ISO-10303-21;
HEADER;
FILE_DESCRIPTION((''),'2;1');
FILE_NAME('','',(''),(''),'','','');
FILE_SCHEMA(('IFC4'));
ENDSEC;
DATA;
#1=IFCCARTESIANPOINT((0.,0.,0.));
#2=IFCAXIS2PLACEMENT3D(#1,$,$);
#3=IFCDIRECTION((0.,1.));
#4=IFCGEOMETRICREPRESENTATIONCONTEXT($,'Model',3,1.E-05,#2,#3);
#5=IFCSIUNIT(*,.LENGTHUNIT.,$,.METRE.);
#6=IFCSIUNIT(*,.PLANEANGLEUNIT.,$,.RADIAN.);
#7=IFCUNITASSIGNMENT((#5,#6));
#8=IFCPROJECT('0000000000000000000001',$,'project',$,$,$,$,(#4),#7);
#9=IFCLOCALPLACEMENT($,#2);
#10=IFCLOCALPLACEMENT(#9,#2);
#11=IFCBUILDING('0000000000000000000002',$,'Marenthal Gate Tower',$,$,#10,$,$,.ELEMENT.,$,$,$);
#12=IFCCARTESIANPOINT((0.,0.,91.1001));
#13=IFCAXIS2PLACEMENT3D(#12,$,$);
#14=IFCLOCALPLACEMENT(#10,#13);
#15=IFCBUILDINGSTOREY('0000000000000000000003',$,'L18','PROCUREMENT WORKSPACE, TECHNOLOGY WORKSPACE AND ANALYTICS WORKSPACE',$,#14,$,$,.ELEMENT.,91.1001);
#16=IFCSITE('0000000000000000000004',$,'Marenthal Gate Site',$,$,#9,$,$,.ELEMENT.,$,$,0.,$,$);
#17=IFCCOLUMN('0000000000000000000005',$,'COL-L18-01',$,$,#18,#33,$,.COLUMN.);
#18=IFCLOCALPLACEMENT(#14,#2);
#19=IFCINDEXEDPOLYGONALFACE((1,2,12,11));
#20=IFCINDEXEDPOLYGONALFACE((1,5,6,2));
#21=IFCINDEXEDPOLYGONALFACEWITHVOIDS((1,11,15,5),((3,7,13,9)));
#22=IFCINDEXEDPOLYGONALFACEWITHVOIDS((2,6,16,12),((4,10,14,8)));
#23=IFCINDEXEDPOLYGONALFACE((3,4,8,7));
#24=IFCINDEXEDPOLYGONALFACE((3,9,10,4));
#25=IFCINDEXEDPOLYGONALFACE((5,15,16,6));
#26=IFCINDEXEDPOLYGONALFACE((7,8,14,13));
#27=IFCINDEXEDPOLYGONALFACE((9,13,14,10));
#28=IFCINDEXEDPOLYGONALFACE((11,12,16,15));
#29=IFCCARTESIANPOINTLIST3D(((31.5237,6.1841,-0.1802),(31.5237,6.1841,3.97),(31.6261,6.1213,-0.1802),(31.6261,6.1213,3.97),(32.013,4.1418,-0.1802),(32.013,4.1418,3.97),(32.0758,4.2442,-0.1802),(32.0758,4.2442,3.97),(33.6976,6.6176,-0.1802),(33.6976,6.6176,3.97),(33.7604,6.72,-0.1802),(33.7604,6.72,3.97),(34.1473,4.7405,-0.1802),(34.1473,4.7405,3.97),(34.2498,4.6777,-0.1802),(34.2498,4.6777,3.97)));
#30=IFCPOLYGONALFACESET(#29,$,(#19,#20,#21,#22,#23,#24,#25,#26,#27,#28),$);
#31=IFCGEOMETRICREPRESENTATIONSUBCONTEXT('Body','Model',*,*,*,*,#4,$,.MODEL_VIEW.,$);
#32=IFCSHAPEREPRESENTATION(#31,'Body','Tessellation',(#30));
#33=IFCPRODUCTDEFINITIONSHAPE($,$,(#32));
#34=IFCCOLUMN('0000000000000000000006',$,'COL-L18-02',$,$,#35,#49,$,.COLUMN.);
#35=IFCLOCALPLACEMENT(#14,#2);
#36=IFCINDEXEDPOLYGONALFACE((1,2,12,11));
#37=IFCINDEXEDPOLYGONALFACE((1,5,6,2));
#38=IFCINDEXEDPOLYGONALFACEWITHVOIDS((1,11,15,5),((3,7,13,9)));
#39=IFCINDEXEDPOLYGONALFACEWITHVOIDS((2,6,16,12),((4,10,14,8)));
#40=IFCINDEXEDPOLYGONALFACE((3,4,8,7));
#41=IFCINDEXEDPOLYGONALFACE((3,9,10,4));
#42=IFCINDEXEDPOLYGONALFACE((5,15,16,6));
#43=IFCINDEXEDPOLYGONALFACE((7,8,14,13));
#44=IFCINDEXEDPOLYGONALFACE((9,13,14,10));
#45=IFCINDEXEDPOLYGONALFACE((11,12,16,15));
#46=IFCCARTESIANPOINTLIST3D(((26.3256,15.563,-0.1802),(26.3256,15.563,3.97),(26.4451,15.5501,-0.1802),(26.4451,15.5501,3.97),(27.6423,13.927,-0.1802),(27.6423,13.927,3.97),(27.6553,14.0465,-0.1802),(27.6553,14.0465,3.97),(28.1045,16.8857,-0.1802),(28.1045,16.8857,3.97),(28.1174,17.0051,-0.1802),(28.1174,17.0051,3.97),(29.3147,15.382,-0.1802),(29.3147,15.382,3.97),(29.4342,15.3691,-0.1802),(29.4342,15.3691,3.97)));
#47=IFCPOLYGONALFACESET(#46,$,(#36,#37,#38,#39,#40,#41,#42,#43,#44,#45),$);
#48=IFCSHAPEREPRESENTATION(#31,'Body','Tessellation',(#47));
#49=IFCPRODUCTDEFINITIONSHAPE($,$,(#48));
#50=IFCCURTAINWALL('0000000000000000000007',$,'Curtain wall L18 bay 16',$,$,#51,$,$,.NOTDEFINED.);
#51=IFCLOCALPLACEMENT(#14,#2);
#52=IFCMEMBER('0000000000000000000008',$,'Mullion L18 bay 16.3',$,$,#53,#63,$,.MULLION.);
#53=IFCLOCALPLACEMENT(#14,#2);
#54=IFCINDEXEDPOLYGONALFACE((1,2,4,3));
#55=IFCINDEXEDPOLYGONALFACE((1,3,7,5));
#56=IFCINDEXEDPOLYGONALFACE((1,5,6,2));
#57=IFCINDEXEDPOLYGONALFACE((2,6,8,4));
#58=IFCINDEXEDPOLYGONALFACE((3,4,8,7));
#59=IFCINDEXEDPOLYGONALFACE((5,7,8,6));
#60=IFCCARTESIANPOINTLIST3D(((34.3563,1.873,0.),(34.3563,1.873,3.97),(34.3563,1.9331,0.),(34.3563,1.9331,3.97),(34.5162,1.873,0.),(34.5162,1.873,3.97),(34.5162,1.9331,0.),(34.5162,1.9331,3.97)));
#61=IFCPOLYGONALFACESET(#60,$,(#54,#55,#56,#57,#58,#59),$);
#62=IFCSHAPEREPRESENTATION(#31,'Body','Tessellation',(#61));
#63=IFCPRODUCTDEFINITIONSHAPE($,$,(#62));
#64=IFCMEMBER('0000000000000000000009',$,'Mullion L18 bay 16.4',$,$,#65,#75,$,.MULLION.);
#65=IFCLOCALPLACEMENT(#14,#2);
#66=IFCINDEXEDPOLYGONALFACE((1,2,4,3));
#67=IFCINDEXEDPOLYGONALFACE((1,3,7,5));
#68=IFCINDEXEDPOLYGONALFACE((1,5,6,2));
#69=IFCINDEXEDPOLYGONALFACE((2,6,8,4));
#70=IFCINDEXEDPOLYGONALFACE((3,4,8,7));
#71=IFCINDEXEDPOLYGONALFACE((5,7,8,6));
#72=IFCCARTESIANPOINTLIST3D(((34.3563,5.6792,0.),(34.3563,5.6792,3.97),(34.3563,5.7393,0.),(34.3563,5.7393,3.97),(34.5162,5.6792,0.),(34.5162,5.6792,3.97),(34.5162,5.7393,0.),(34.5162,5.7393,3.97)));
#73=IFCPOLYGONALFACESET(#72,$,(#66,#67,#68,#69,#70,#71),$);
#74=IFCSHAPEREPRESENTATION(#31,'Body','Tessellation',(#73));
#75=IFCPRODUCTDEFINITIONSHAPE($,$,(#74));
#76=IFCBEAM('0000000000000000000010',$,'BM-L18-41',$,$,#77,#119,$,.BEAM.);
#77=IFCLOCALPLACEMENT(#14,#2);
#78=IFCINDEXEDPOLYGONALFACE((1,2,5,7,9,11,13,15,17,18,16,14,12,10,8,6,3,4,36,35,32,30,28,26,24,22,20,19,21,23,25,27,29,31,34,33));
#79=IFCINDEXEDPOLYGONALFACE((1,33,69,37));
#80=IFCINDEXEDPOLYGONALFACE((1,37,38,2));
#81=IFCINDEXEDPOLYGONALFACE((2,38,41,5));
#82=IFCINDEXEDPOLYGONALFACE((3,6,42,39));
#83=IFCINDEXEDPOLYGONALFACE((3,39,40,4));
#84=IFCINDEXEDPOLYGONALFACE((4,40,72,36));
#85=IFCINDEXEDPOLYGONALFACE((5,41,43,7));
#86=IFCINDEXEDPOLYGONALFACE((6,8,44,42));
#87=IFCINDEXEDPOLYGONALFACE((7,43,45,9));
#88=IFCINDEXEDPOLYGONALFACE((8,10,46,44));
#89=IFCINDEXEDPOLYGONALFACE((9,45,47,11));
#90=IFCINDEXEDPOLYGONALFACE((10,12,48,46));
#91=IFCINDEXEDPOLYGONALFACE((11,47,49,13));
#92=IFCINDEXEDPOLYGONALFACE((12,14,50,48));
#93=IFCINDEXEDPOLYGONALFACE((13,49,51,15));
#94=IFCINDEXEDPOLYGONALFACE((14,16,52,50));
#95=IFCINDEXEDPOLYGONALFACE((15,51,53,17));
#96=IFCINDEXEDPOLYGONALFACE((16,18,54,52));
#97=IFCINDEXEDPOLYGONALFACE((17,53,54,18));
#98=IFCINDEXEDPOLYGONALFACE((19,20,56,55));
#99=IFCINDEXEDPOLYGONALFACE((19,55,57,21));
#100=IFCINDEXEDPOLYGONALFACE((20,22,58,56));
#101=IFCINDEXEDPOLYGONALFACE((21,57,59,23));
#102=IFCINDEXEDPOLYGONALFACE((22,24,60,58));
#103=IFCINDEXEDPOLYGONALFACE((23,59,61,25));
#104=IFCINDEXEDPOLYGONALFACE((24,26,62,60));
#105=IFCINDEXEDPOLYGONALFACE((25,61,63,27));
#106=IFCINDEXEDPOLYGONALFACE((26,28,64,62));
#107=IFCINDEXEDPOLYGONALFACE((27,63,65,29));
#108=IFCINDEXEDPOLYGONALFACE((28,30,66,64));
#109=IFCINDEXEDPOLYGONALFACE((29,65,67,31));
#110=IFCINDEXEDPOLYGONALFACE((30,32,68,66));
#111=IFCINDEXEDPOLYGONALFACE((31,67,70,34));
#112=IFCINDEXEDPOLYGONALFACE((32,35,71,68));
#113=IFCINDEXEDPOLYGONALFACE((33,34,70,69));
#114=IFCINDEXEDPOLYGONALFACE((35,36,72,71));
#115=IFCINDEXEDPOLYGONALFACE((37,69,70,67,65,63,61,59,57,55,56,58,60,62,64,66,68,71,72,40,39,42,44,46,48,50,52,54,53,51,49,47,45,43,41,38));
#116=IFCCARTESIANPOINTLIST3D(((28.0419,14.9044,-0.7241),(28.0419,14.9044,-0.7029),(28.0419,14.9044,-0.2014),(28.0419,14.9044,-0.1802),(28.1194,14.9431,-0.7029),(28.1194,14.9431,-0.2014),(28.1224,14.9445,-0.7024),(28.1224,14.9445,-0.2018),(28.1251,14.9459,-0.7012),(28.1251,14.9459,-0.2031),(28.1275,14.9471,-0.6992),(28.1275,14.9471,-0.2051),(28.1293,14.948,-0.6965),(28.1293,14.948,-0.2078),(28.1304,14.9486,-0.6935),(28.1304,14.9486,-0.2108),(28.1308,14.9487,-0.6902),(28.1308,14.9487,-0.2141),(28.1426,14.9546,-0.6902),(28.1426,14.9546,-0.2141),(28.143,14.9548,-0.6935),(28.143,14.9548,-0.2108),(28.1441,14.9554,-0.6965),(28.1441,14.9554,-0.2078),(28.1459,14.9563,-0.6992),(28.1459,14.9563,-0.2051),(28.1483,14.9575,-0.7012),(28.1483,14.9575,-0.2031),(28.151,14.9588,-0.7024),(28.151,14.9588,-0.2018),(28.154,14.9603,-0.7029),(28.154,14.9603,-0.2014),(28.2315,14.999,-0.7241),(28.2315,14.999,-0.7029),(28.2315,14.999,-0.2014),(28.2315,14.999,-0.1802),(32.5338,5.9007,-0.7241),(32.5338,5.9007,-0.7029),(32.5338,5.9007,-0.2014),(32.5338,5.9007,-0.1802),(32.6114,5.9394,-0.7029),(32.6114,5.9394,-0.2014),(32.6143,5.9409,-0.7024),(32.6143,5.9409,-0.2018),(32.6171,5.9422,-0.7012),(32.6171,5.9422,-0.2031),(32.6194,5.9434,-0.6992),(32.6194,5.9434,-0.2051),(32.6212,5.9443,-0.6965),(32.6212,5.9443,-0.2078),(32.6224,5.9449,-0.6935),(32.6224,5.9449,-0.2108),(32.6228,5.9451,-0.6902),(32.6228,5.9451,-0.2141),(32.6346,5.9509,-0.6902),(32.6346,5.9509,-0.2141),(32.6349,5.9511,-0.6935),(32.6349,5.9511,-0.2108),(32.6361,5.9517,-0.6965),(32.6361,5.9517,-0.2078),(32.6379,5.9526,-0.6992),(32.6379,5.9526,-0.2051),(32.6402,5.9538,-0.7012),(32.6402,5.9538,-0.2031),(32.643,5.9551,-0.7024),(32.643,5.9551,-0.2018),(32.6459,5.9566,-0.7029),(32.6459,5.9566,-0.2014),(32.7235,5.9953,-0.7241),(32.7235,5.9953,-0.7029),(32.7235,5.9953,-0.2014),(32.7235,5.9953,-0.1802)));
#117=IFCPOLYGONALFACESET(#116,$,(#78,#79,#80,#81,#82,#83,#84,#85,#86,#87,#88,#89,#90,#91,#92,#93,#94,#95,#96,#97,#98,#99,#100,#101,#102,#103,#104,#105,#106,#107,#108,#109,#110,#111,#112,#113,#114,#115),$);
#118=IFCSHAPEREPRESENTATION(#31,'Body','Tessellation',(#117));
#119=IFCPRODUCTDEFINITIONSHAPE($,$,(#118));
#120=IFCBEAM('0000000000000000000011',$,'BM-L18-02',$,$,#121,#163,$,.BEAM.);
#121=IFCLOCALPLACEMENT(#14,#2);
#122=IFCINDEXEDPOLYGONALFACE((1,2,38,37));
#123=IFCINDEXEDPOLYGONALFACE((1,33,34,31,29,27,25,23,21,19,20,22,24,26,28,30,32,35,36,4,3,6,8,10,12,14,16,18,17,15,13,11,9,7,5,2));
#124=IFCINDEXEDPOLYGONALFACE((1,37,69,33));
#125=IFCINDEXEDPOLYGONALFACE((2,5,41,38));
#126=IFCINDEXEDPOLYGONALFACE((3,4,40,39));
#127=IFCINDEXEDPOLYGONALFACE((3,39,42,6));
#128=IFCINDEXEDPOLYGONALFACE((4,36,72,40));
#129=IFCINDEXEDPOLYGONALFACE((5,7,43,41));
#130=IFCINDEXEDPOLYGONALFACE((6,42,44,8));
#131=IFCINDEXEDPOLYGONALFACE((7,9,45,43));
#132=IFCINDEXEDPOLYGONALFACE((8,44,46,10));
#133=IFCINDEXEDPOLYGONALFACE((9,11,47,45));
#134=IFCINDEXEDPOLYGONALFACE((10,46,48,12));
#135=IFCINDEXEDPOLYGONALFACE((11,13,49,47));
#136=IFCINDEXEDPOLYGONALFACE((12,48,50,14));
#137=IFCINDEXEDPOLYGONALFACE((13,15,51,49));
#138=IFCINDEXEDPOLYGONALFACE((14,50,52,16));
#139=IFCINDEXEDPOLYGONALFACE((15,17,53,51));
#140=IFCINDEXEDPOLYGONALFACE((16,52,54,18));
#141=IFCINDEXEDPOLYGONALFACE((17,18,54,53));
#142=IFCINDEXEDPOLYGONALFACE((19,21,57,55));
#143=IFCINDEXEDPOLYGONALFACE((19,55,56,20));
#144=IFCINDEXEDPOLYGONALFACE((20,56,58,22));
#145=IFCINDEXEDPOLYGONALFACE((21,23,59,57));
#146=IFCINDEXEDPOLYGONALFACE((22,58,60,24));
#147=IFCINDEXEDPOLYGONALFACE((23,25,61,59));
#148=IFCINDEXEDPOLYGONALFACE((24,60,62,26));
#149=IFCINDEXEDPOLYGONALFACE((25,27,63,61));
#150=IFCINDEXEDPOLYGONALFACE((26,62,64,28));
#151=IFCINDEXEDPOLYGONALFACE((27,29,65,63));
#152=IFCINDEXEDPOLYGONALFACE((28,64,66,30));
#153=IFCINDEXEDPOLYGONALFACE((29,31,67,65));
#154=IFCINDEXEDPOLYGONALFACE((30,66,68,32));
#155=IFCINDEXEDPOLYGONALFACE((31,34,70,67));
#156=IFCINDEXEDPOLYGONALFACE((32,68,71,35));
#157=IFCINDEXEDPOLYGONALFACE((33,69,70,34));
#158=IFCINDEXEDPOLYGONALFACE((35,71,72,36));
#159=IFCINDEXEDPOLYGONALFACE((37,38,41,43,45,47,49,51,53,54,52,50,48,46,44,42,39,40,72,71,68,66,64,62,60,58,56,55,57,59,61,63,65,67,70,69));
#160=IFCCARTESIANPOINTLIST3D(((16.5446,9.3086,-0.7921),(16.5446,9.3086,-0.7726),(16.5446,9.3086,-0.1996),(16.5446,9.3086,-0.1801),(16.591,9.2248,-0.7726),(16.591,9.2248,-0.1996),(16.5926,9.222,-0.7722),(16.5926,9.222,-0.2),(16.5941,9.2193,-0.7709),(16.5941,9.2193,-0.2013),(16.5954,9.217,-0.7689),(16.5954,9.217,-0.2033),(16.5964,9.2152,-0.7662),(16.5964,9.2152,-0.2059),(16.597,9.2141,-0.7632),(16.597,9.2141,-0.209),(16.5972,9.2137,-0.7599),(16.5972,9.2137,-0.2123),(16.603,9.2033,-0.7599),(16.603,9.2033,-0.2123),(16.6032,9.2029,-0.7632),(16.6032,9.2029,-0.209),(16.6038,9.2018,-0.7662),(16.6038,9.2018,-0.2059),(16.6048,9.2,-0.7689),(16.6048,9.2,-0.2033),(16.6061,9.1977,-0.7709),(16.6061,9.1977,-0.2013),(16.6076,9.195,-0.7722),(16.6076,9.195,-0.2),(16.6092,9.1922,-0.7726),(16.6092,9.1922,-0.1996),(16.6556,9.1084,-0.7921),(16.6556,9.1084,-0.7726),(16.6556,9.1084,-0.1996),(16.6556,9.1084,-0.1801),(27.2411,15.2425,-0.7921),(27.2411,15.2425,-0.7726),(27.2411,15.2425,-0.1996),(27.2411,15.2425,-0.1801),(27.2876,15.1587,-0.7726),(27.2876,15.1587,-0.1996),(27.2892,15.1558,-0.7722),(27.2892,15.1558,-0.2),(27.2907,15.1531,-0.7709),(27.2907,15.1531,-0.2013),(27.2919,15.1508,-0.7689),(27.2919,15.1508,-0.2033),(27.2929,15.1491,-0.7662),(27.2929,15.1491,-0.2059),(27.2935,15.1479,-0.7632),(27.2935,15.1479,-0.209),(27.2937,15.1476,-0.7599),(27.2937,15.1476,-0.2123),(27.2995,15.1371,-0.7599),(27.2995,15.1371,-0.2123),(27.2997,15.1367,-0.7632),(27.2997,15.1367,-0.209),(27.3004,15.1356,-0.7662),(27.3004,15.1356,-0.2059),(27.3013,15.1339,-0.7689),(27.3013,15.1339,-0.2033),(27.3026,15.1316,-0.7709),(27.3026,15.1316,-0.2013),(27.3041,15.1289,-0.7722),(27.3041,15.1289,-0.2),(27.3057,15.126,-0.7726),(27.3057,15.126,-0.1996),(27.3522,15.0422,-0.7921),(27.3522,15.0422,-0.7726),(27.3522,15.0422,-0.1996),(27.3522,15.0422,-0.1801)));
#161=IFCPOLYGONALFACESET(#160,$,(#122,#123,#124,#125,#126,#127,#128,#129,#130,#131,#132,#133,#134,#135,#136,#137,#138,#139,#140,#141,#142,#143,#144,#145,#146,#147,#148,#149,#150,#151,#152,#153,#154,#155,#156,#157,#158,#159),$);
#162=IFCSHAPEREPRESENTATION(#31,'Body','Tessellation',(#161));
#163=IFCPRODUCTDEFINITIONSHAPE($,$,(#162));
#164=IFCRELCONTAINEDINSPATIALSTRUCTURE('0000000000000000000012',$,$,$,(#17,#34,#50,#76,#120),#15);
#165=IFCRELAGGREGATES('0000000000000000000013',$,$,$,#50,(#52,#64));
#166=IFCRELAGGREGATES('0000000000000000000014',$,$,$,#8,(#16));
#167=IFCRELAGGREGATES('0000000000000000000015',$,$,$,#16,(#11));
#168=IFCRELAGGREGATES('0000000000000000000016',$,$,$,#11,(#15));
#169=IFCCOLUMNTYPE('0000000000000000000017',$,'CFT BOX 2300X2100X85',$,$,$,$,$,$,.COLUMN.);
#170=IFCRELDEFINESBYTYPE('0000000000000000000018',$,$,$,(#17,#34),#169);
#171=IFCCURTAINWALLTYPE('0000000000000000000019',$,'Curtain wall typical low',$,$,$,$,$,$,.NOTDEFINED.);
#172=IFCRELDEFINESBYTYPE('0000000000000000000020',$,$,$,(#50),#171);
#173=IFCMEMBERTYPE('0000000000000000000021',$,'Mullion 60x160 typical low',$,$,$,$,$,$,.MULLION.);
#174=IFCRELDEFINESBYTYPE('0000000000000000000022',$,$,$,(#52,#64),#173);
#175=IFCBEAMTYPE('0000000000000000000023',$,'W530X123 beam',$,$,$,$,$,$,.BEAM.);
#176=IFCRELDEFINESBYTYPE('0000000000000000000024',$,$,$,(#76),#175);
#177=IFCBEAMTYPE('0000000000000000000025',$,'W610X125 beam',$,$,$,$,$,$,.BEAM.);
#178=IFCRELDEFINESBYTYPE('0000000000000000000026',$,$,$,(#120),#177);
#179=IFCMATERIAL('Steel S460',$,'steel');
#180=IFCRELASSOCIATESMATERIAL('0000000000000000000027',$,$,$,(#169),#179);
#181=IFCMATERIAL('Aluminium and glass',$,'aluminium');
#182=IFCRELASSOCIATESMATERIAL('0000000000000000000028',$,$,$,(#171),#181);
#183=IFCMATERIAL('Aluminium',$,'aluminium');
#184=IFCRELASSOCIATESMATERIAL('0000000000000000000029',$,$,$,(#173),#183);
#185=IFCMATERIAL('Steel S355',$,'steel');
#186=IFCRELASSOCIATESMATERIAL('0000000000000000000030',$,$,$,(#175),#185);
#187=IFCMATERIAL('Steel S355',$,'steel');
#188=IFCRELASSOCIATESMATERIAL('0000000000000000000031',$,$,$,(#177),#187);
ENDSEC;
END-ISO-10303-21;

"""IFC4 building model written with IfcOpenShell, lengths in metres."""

from ifc_helpers import new_model, si_unit, direction, frame, origin, origin_2d, place, context, subcontext, project, spatial, rectangle, hollow_rectangle, i_section, extrude, material, material_profile, profile_set, type_object, element, aggregate, save


model = new_model("IFC4")

# Units and contexts
model_context = context("Model", 3, precision=1e-05, world=origin(), true_north=direction((0.0, 1.0)))
body_context = subcontext(model_context, "Body", "Model", "MODEL_VIEW")
ifc_project = project(units=[si_unit("LENGTHUNIT", "METRE"), si_unit("PLANEANGLEUNIT", "RADIAN")], contexts=[model_context])

# Site, building, storey
site_placement = place(None, origin())
site = spatial("IfcSite", under=ifc_project, at=site_placement, Name="Marenthal Gate Site", CompositionType="ELEMENT", RefElevation=0.0)
building_placement = place(site_placement, origin())
building = spatial("IfcBuilding", under=site, at=building_placement, Name="Marenthal Gate Tower", CompositionType="ELEMENT")
storey_placement = place(building_placement, frame((0.0, 0.0, 91.1001)))
storey = spatial("IfcBuildingStorey", under=building, at=storey_placement, Name="L18", Description="PROCUREMENT WORKSPACE, TECHNOLOGY WORKSPACE AND ANALYTICS WORKSPACE", CompositionType="ELEMENT", Elevation=91.1001)

# Columns
ifc_material_1 = material(Name="Steel S460", Category="steel")
ifc_material_profile_1 = material_profile(ifc_material_1, hollow_rectangle(XDim=2.1001, YDim=2.3, WallThickness=0.085, at=origin_2d()), Name="CFT BOX 2300X2100X85")
ifc_material_2 = material(Name="Concrete 70 MPa", Category="concrete")
ifc_material_profile_2 = material_profile(ifc_material_2, rectangle(XDim=1.9299, YDim=2.1299, at=origin_2d()), Name="CFT BOX 2300X2100X85 INFILL")
ifc_profile_set_1 = profile_set([ifc_material_profile_1, ifc_material_profile_2], Name="Steel S460 shell, Concrete 70 MPa infill")
column_type = type_object("IfcColumnType", Name="CFT BOX 2300X2100X85", PredefinedType="COLUMN", material=ifc_profile_set_1)
for number, where, z_axis, x_axis, name in (
    (1, (32.8867, 5.4309, -0.1802), (0.0, 0.0, 1.0), (0.232997, -0.972477, 0.0), "COL-L18-01"),
    (2, (27.8799, 15.4661, -0.1802), (0.0, 0.0, 1.0), (0.626985, -0.779032, 0.0), "COL-L18-02"),
):
    element("IfcColumn", number, at=place(storey_placement, frame(where, z_axis=z_axis, x_axis=x_axis)), inside=storey, type_object=column_type, Name=name, PredefinedType="COLUMN", context=body_context, shape_type="SweptSolid", body=[
        extrude(hollow_rectangle(XDim=2.1001, YDim=2.3, WallThickness=0.085, at=origin_2d()), origin(), (0.0, 0.0, 1.0), 4.1501),
    ])

# Curtain wall, members
ifc_material_3 = material(Name="Aluminium and glass", Category="aluminium")
curtain_wall_type = type_object("IfcCurtainWallType", Name="Curtain wall typical low", PredefinedType="NOTDEFINED", material=ifc_material_3)
curtain_wall_placement = place(storey_placement, origin())
curtain_wall = element("IfcCurtainWall", 3, at=curtain_wall_placement, inside=storey, type_object=curtain_wall_type, Name="Curtain wall L18 bay 16", PredefinedType="NOTDEFINED")
ifc_material_4 = material(Name="Aluminium", Category="aluminium")
ifc_material_profile_3 = material_profile(ifc_material_4, rectangle(XDim=0.1599, YDim=0.0601, at=origin_2d()), Name="60x160 aluminium mullion")
ifc_profile_set_2 = profile_set([ifc_material_profile_3], Name="Aluminium")
member_type = type_object("IfcMemberType", Name="Mullion 60x160 typical low", PredefinedType="MULLION", material=ifc_profile_set_2)
member_1_placement = place(storey_placement, frame((34.4363, 1.9031, 0.0), z_axis=(0.0, 0.0, 1.0), x_axis=(-1.0, 0.0, 0.0)))
member_1 = element("IfcMember", 4, at=member_1_placement, type_object=member_type, Name="Mullion L18 bay 16.3", PredefinedType="MULLION", context=body_context, shape_type="SweptSolid", body=[
    extrude(rectangle(XDim=0.1599, YDim=0.0601, at=origin_2d()), origin(), (0.0, 0.0, 1.0), 3.97),
])
member_2_placement = place(storey_placement, frame((34.4363, 5.7092, 0.0), z_axis=(0.0, 0.0, 1.0), x_axis=(-1.0, 0.0, 0.0)))
member_2 = element("IfcMember", 5, at=member_2_placement, type_object=member_type, Name="Mullion L18 bay 16.4", PredefinedType="MULLION", context=body_context, shape_type="SweptSolid", body=[
    extrude(rectangle(XDim=0.1599, YDim=0.0601, at=origin_2d()), origin(), (0.0, 0.0, 1.0), 3.97),
])

# Beams
ifc_material_5 = material(Name="Steel S355", Category="steel")
ifc_material_profile_4 = material_profile(ifc_material_5, i_section(OverallWidth=0.2119, OverallDepth=0.5439, WebThickness=0.0132, FlangeThickness=0.0212, FilletRadius=0.0127, at=origin_2d()), Name="W530X123")
ifc_profile_set_3 = profile_set([ifc_material_profile_4], Name="Steel S355")
beam_type_1 = type_object("IfcBeamType", Name="W530X123 beam", PredefinedType="BEAM", material=ifc_profile_set_3)
beam_1_placement = place(storey_placement, frame((32.6287, 5.948, -0.4521), z_axis=(-0.446427, 0.89482, 0.0), x_axis=(-0.89482, -0.446427, 0.0)))
element("IfcBeam", 6, at=beam_1_placement, inside=storey, type_object=beam_type_1, Name="BM-L18-41", PredefinedType="BEAM", context=body_context, shape_type="SweptSolid", body=[
    extrude(i_section(OverallWidth=0.2119, OverallDepth=0.5439, WebThickness=0.0132, FlangeThickness=0.0212, FilletRadius=0.0127, at=origin_2d()), origin(), (0.0, 0.0, 1.0), 10.062),
])
ifc_material_6 = material(Name="Steel S355", Category="steel")
ifc_material_profile_5 = material_profile(ifc_material_6, i_section(OverallWidth=0.229, OverallDepth=0.6121, WebThickness=0.012, FlangeThickness=0.0195, FilletRadius=0.0127, at=origin_2d()), Name="W610X125")
ifc_profile_set_4 = profile_set([ifc_material_profile_5], Name="Steel S355")
beam_type_2 = type_object("IfcBeamType", Name="W610X125 beam", PredefinedType="BEAM", material=ifc_profile_set_4)
beam_2_placement = place(storey_placement, frame((27.2966, 15.1423, -0.4861), z_axis=(-0.874458, -0.485101, 0.0), x_axis=(0.485101, -0.874458, 0.0)))
element("IfcBeam", 7, at=beam_2_placement, inside=storey, type_object=beam_type_2, Name="BM-L18-02", PredefinedType="BEAM", context=body_context, shape_type="SweptSolid", body=[
    extrude(i_section(OverallWidth=0.229, OverallDepth=0.6121, WebThickness=0.012, FlangeThickness=0.0195, FilletRadius=0.0127, at=origin_2d()), origin(), (0.0, 0.0, 1.0), 12.2322),
])

aggregate(curtain_wall, [member_1, member_2])

save(model, "model.ifc")
